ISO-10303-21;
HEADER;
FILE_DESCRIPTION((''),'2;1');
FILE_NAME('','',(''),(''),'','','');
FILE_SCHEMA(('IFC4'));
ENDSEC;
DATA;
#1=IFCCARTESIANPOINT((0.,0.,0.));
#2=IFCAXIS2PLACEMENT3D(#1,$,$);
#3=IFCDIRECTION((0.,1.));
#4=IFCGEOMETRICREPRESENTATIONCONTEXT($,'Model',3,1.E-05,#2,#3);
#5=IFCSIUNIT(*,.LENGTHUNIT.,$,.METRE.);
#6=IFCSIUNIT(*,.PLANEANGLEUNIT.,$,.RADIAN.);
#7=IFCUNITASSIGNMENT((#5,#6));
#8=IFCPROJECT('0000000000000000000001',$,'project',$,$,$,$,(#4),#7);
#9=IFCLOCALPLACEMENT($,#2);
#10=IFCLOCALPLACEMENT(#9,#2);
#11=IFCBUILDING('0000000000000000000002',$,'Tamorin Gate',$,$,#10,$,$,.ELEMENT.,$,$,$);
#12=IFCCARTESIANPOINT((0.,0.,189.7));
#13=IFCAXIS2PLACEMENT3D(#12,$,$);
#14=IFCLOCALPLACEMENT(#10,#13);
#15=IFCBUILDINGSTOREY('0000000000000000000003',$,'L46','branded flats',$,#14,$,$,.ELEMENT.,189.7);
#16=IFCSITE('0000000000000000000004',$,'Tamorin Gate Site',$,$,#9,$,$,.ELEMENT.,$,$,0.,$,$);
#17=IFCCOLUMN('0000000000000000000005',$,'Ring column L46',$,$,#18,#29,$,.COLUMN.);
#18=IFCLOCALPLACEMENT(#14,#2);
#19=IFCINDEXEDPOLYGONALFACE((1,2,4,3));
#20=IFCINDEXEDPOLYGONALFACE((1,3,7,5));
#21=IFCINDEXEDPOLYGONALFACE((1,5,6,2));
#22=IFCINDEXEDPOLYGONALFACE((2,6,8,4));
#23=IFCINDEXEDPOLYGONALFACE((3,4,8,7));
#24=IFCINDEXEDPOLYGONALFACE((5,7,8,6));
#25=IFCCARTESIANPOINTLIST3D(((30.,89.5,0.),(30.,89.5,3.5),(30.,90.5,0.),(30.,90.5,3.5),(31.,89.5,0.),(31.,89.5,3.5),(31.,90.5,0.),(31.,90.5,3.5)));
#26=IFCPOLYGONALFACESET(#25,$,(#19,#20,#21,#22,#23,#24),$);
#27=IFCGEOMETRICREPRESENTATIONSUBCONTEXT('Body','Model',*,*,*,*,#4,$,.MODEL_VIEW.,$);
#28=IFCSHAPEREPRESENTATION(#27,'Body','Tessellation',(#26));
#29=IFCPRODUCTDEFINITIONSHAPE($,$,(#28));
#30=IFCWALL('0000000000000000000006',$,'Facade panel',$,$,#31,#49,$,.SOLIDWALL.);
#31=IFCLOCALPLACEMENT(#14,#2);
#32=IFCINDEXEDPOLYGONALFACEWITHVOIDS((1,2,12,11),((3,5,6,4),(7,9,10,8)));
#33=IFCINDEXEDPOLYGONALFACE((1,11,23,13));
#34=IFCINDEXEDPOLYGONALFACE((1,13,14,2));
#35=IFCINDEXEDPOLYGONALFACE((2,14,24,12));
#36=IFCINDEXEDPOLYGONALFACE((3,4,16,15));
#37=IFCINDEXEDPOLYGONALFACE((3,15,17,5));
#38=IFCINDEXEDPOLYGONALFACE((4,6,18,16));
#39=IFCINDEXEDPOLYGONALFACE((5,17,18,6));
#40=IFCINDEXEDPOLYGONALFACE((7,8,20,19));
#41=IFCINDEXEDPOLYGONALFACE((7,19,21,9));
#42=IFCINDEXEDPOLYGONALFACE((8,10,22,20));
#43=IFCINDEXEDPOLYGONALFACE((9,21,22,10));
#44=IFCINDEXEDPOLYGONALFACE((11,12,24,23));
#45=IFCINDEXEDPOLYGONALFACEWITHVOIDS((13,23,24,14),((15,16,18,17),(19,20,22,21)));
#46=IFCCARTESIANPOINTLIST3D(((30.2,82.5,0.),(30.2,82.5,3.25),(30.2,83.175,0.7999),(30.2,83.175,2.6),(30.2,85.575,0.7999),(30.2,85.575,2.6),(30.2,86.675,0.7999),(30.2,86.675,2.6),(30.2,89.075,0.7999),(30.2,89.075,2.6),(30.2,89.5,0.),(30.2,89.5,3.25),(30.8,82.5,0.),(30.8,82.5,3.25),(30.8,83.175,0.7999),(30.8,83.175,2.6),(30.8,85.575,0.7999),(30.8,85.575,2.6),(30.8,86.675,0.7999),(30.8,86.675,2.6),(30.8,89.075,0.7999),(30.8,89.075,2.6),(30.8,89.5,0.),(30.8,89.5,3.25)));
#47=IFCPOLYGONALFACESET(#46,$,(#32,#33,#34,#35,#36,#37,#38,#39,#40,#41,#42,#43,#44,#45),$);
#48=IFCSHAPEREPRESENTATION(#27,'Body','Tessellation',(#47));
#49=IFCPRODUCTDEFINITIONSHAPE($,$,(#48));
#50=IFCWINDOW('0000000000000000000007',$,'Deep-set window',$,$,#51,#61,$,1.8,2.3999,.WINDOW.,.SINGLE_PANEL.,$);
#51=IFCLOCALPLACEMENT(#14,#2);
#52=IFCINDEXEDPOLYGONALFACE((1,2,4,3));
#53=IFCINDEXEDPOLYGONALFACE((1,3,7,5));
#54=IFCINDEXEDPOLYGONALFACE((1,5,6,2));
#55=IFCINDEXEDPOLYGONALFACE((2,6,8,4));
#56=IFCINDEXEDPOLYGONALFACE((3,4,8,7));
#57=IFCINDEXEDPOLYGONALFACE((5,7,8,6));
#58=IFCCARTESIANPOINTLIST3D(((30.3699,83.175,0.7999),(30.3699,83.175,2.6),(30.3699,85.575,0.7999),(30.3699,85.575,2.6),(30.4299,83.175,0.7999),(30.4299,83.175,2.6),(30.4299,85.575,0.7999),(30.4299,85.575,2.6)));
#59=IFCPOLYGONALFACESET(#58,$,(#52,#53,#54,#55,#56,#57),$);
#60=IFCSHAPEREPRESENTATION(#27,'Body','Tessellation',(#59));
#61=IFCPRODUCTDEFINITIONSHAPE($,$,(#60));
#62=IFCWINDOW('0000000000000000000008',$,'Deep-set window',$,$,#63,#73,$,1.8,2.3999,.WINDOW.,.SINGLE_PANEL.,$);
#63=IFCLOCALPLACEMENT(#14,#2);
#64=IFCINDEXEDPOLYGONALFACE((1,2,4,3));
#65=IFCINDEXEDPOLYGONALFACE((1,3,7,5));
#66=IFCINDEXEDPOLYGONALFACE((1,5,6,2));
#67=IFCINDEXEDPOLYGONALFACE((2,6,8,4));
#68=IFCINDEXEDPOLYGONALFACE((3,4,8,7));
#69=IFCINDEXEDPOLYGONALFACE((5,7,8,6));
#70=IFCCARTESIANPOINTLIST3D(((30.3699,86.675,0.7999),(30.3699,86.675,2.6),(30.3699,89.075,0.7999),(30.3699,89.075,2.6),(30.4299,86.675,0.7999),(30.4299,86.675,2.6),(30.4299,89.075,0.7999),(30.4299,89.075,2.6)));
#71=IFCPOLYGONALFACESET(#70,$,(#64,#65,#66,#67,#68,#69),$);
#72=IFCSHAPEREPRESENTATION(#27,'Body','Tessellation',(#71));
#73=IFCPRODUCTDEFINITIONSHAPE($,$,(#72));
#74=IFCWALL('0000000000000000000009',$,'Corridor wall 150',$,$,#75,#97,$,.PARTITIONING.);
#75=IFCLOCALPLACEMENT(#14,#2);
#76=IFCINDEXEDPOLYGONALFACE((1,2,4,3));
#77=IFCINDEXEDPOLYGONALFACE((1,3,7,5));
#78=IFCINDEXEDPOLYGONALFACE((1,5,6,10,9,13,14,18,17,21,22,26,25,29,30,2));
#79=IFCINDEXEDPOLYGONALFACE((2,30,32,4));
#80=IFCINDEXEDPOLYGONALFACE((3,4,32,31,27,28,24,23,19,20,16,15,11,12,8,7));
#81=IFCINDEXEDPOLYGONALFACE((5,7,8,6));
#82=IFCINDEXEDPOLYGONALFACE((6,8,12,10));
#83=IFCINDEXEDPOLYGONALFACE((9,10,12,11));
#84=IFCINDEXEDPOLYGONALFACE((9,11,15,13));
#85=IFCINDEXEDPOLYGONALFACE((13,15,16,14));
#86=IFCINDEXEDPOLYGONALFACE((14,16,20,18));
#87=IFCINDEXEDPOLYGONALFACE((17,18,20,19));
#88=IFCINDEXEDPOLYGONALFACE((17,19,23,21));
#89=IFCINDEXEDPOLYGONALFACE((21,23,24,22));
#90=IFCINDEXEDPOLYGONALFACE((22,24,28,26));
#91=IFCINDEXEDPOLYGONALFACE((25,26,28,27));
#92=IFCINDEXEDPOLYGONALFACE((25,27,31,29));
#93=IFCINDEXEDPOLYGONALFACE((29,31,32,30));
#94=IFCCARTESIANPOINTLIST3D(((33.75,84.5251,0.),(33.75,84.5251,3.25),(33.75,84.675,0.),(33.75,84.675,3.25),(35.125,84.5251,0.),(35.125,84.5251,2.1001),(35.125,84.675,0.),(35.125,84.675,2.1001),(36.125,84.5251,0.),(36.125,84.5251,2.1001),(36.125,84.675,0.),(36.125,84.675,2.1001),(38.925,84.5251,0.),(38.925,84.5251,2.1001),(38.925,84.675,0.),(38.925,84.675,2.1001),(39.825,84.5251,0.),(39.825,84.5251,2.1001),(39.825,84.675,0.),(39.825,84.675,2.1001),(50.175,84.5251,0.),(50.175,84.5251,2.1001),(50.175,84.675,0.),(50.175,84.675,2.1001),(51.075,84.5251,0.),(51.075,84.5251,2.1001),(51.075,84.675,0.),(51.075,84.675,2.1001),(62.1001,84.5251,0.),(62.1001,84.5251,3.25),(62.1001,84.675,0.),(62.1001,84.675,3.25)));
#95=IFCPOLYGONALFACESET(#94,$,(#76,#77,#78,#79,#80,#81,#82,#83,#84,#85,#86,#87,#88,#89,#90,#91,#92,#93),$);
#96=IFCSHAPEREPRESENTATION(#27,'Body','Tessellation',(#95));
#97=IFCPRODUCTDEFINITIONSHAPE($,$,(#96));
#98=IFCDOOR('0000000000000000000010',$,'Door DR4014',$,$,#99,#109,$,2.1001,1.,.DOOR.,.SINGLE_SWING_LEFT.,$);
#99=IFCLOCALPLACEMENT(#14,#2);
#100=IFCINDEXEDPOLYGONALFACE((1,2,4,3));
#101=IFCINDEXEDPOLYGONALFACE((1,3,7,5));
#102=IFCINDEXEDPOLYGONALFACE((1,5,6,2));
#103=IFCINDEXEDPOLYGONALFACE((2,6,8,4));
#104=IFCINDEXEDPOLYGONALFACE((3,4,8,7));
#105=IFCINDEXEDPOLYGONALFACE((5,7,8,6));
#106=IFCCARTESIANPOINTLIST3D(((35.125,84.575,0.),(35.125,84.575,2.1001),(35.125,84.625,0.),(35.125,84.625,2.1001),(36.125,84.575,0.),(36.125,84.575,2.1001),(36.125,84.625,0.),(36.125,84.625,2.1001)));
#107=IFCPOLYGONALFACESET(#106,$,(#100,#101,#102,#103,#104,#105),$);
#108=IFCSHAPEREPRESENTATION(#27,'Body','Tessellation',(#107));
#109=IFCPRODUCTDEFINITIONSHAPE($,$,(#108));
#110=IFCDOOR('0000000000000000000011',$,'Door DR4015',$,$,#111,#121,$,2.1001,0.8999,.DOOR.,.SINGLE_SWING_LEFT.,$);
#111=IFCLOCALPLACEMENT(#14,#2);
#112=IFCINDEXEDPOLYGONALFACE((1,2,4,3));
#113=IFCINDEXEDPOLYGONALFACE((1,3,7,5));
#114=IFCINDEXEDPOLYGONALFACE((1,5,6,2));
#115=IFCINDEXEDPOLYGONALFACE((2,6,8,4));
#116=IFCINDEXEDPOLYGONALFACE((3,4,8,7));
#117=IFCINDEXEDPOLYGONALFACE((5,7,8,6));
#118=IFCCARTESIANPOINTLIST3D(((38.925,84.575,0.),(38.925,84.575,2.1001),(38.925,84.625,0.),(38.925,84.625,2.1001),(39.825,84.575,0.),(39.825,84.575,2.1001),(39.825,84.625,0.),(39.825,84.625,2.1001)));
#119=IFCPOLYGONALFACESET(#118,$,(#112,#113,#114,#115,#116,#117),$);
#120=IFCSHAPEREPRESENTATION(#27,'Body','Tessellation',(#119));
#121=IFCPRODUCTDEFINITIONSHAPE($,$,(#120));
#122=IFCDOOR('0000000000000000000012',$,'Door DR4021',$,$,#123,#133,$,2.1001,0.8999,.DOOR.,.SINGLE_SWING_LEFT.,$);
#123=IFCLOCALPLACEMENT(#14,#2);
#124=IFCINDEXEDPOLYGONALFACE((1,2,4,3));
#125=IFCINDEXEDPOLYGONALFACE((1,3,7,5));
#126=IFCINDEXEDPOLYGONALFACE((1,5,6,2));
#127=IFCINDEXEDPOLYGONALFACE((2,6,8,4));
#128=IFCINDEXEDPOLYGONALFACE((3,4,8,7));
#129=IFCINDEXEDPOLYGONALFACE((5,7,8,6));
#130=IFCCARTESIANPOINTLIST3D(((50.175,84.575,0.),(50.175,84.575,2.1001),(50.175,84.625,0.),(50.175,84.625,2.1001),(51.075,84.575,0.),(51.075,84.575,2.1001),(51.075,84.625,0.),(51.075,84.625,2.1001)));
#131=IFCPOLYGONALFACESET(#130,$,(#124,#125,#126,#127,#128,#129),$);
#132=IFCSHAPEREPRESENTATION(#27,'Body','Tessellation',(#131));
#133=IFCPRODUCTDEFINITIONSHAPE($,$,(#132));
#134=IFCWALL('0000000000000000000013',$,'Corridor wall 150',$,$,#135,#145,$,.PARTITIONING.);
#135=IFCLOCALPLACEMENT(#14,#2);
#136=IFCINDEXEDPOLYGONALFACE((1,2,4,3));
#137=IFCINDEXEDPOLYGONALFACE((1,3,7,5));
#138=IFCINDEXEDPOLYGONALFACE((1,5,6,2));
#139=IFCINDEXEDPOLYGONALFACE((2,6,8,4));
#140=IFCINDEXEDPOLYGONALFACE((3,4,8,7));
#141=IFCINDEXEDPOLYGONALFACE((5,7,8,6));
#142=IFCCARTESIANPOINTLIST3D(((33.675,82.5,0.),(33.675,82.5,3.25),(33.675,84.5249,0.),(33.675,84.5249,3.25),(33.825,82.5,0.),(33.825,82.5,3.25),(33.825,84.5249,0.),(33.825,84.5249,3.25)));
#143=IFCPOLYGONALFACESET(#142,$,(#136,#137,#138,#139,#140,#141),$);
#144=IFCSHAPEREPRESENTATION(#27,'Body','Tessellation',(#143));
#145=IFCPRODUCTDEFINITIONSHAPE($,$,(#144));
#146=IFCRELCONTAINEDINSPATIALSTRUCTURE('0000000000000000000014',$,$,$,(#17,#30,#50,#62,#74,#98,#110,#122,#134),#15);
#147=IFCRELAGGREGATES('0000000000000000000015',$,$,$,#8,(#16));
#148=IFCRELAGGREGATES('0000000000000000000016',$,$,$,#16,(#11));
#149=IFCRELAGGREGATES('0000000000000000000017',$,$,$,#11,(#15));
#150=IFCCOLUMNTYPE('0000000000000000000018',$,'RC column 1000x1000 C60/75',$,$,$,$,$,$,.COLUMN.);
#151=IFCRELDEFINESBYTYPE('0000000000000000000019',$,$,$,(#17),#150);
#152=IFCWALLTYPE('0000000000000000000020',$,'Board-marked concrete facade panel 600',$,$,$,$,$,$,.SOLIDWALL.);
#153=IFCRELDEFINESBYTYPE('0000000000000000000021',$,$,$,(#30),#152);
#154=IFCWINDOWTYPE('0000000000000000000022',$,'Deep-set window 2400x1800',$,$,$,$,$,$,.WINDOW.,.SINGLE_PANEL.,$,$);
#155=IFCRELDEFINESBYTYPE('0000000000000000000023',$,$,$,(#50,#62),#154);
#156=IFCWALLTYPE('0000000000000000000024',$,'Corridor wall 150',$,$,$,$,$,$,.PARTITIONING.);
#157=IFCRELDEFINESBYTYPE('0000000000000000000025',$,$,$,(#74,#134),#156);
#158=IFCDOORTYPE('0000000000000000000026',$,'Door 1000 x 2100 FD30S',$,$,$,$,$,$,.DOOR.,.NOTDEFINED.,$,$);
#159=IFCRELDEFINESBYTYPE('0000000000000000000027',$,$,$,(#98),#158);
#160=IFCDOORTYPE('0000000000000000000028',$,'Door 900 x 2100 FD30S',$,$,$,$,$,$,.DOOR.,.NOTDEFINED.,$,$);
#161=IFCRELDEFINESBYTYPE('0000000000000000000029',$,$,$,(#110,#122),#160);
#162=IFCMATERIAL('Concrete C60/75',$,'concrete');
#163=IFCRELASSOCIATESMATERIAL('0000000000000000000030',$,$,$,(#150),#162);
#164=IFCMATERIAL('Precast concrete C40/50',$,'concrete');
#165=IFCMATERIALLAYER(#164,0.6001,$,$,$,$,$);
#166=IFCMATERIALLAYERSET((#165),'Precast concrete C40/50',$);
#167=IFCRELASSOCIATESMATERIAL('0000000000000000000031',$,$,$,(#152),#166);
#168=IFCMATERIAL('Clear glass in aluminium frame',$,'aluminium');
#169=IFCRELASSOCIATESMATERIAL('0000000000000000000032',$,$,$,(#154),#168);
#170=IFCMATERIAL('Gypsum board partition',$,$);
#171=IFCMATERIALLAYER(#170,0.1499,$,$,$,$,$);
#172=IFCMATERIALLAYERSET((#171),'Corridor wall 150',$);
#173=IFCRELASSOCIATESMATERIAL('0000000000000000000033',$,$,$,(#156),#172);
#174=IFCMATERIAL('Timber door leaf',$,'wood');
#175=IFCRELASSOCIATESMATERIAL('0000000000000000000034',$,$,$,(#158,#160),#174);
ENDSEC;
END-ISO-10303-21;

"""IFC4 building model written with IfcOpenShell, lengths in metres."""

from ifc_helpers import new_model, si_unit, direction, frame, frame_2d, origin, origin_2d, place, context, subcontext, project, spatial, rectangle, extrude, material, layer, layer_set, material_profile, profile_set, type_object, element, fill, save


model = new_model("IFC4")

# Units and contexts
model_context = context("Model", 3, precision=1e-05, world=origin(), true_north=direction((0.0, 1.0)))
body_context = subcontext(model_context, "Body", "Model", "MODEL_VIEW")
ifc_project = project(units=[si_unit("LENGTHUNIT", "METRE"), si_unit("PLANEANGLEUNIT", "RADIAN")], contexts=[model_context])

# Site, building, storey
site_placement = place(None, origin())
site = spatial("IfcSite", under=ifc_project, at=site_placement, Name="Tamorin Gate Site", CompositionType="ELEMENT", RefElevation=0.0)
building_placement = place(site_placement, origin())
building = spatial("IfcBuilding", under=site, at=building_placement, Name="Tamorin Gate", CompositionType="ELEMENT")
storey_placement = place(building_placement, frame((0.0, 0.0, 189.7)))
storey = spatial("IfcBuildingStorey", under=building, at=storey_placement, Name="L46", Description="branded flats", CompositionType="ELEMENT", Elevation=189.7)

# Column
ifc_material_1 = material(Name="Concrete C60/75", Category="concrete")
ifc_material_profile = material_profile(ifc_material_1, rectangle(XDim=1.0, YDim=1.0, at=origin_2d()), Name="RC 1000x1000")
ifc_profile_set = profile_set([ifc_material_profile], Name="Concrete C60/75")
column_type = type_object("IfcColumnType", Name="RC column 1000x1000 C60/75", PredefinedType="COLUMN", material=ifc_profile_set)
column_placement = place(storey_placement, frame((30.5, 90.0, 0.0), z_axis=(0.0, 0.0, 1.0), x_axis=(1.0, 0.0, 0.0)))
element("IfcColumn", 1, at=column_placement, inside=storey, type_object=column_type, Name="Ring column L46", PredefinedType="COLUMN", context=body_context, shape_type="SweptSolid", body=[
    extrude(rectangle(XDim=1.0, YDim=1.0, at=origin_2d()), origin(), (0.0, 0.0, 1.0), 3.5),
])

# Wall, openings, windows
ifc_material_2 = material(Name="Precast concrete C40/50", Category="concrete")
ifc_layer_1 = layer(ifc_material_2, 0.6001)
ifc_layer_set_1 = layer_set([ifc_layer_1], Name="Precast concrete C40/50")
wall_type_1 = type_object("IfcWallType", Name="Board-marked concrete facade panel 600", PredefinedType="SOLIDWALL", material=ifc_layer_set_1)
wall_1_placement = place(storey_placement, frame((30.5, 89.5, 0.0), z_axis=(0.0, 0.0, 1.0), x_axis=(0.0, -1.0, 0.0)))
wall_1 = element("IfcWall", 2, at=wall_1_placement, inside=storey, type_object=wall_type_1, Name="Facade panel", PredefinedType="SOLIDWALL", context=body_context, shape_type="SweptSolid", body=[
    extrude(rectangle(XDim=7.0, YDim=0.6001, at=frame_2d((3.5, 0.0))), origin(), (0.0, 0.0, 1.0), 3.25),
])
opening_1_placement = place(wall_1_placement, frame((3.925, 0.0, 0.8)))
opening_1 = element("IfcOpeningElement", 3, at=opening_1_placement, cuts=wall_1, PredefinedType="OPENING", context=body_context, shape_type="SweptSolid", body=[
    extrude(rectangle(XDim=2.3999, YDim=1.8, at=frame_2d((1.2, 0.8999))), frame((0.0, 0.3101, 0.0), z_axis=(0.0, -1.0, 0.0), x_axis=(1.0, 0.0, 0.0)), (0.0, 0.0, 1.0), 0.6201),
])
opening_2_placement = place(wall_1_placement, frame((0.425, 0.0, 0.8)))
opening_2 = element("IfcOpeningElement", 4, at=opening_2_placement, cuts=wall_1, PredefinedType="OPENING", context=body_context, shape_type="SweptSolid", body=[
    extrude(rectangle(XDim=2.3999, YDim=1.8, at=frame_2d((1.2, 0.8999))), frame((0.0, 0.3101, 0.0), z_axis=(0.0, -1.0, 0.0), x_axis=(1.0, 0.0, 0.0)), (0.0, 0.0, 1.0), 0.6201),
])
ifc_material_3 = material(Name="Clear glass in aluminium frame", Category="aluminium")
window_type = type_object("IfcWindowType", Name="Deep-set window 2400x1800", PartitioningType="SINGLE_PANEL", PredefinedType="WINDOW", material=ifc_material_3)
window_1_placement = place(opening_1_placement, origin())
window_1 = element("IfcWindow", 5, at=window_1_placement, inside=storey, type_object=window_type, Name="Deep-set window", OverallHeight=1.8, OverallWidth=2.3999, PartitioningType="SINGLE_PANEL", PredefinedType="WINDOW", context=body_context, shape_type="SweptSolid", body=[
    extrude(rectangle(XDim=2.3999, YDim=1.8, at=frame_2d((1.2, 0.8999))), frame((0.0, -0.0701, 0.0), z_axis=(0.0, -1.0, 0.0), x_axis=(1.0, 0.0, 0.0)), (0.0, 0.0, 1.0), 0.0601),
])
fill(opening_1, window_1)
window_2_placement = place(opening_2_placement, origin())
window_2 = element("IfcWindow", 6, at=window_2_placement, inside=storey, type_object=window_type, Name="Deep-set window", OverallHeight=1.8, OverallWidth=2.3999, PartitioningType="SINGLE_PANEL", PredefinedType="WINDOW", context=body_context, shape_type="SweptSolid", body=[
    extrude(rectangle(XDim=2.3999, YDim=1.8, at=frame_2d((1.2, 0.8999))), frame((0.0, -0.0701, 0.0), z_axis=(0.0, -1.0, 0.0), x_axis=(1.0, 0.0, 0.0)), (0.0, 0.0, 1.0), 0.0601),
])
fill(opening_2, window_2)

# Wall, openings, doors
ifc_material_4 = material(Name="Gypsum board partition")
ifc_layer_2 = layer(ifc_material_4, 0.1499)
ifc_layer_set_2 = layer_set([ifc_layer_2], Name="Corridor wall 150")
wall_type_2 = type_object("IfcWallType", Name="Corridor wall 150", PredefinedType="PARTITIONING", material=ifc_layer_set_2)
wall_2_placement = place(storey_placement, frame((33.75, 84.6001, 0.0), z_axis=(0.0, 0.0, 1.0), x_axis=(1.0, 0.0, 0.0)))
wall_2 = element("IfcWall", 7, at=wall_2_placement, inside=storey, type_object=wall_type_2, Name="Corridor wall 150", PredefinedType="PARTITIONING", context=body_context, shape_type="SweptSolid", body=[
    extrude(rectangle(XDim=28.3501, YDim=0.1499, at=frame_2d((14.175, 0.0))), origin(), (0.0, 0.0, 1.0), 3.25),
])
opening_3_placement = place(wall_2_placement, frame((1.375, 0.0, 0.0)))
opening_3 = element("IfcOpeningElement", 8, at=opening_3_placement, cuts=wall_2, PredefinedType="OPENING", context=body_context, shape_type="SweptSolid", body=[
    extrude(rectangle(XDim=1.0, YDim=2.1001, at=frame_2d((0.5, 1.05))), frame((0.0, 0.085, 0.0), z_axis=(0.0, -1.0, 0.0), x_axis=(1.0, 0.0, 0.0)), (0.0, 0.0, 1.0), 0.1699),
])
opening_4_placement = place(wall_2_placement, frame((5.175, 0.0, 0.0)))
opening_4 = element("IfcOpeningElement", 9, at=opening_4_placement, cuts=wall_2, PredefinedType="OPENING", context=body_context, shape_type="SweptSolid", body=[
    extrude(rectangle(XDim=0.8999, YDim=2.1001, at=frame_2d((0.45, 1.05))), frame((0.0, 0.085, 0.0), z_axis=(0.0, -1.0, 0.0), x_axis=(1.0, 0.0, 0.0)), (0.0, 0.0, 1.0), 0.1699),
])
opening_5_placement = place(wall_2_placement, frame((16.425, 0.0, 0.0)))
opening_5 = element("IfcOpeningElement", 10, at=opening_5_placement, cuts=wall_2, PredefinedType="OPENING", context=body_context, shape_type="SweptSolid", body=[
    extrude(rectangle(XDim=0.8999, YDim=2.1001, at=frame_2d((0.45, 1.05))), frame((0.0, 0.085, 0.0), z_axis=(0.0, -1.0, 0.0), x_axis=(1.0, 0.0, 0.0)), (0.0, 0.0, 1.0), 0.1699),
])
ifc_material_5 = material(Name="Timber door leaf", Category="wood")
door_type_1 = type_object("IfcDoorType", Name="Door 1000 x 2100 FD30S", OperationType="NOTDEFINED", PredefinedType="DOOR", material=ifc_material_5)
door_1_placement = place(opening_3_placement, origin())
door_1 = element("IfcDoor", 11, at=door_1_placement, inside=storey, type_object=door_type_1, Name="Door DR4014", OperationType="SINGLE_SWING_LEFT", OverallHeight=2.1001, OverallWidth=1.0, PredefinedType="DOOR", context=body_context, shape_type="SweptSolid", body=[
    extrude(rectangle(XDim=1.0, YDim=2.1001, at=frame_2d((0.5, 1.05))), frame((0.0, 0.0249, 0.0), z_axis=(0.0, -1.0, 0.0), x_axis=(1.0, 0.0, 0.0)), (0.0, 0.0, 1.0), 0.05),
])
fill(opening_3, door_1)
door_type_2 = type_object("IfcDoorType", Name="Door 900 x 2100 FD30S", OperationType="NOTDEFINED", PredefinedType="DOOR", material=ifc_material_5)
door_2_placement = place(opening_4_placement, origin())
door_2 = element("IfcDoor", 12, at=door_2_placement, inside=storey, type_object=door_type_2, Name="Door DR4015", OperationType="SINGLE_SWING_LEFT", OverallHeight=2.1001, OverallWidth=0.8999, PredefinedType="DOOR", context=body_context, shape_type="SweptSolid", body=[
    extrude(rectangle(XDim=0.8999, YDim=2.1001, at=frame_2d((0.45, 1.05))), frame((0.0, 0.0249, 0.0), z_axis=(0.0, -1.0, 0.0), x_axis=(1.0, 0.0, 0.0)), (0.0, 0.0, 1.0), 0.05),
])
fill(opening_4, door_2)
door_3_placement = place(opening_5_placement, origin())
door_3 = element("IfcDoor", 13, at=door_3_placement, inside=storey, type_object=door_type_2, Name="Door DR4021", OperationType="SINGLE_SWING_LEFT", OverallHeight=2.1001, OverallWidth=0.8999, PredefinedType="DOOR", context=body_context, shape_type="SweptSolid", body=[
    extrude(rectangle(XDim=0.8999, YDim=2.1001, at=frame_2d((0.45, 1.05))), frame((0.0, 0.0249, 0.0), z_axis=(0.0, -1.0, 0.0), x_axis=(1.0, 0.0, 0.0)), (0.0, 0.0, 1.0), 0.05),
])
fill(opening_5, door_3)

# Wall
wall_3_placement = place(storey_placement, frame((33.75, 82.5, 0.0), z_axis=(0.0, 0.0, 1.0), x_axis=(0.0, 1.0, 0.0)))
element("IfcWall", 14, at=wall_3_placement, inside=storey, type_object=wall_type_2, Name="Corridor wall 150", PredefinedType="PARTITIONING", context=body_context, shape_type="SweptSolid", body=[
    extrude(rectangle(XDim=2.0249, YDim=0.1499, at=frame_2d((1.0125, 0.0))), origin(), (0.0, 0.0, 1.0), 3.25),
])

save(model, "model.ifc")
